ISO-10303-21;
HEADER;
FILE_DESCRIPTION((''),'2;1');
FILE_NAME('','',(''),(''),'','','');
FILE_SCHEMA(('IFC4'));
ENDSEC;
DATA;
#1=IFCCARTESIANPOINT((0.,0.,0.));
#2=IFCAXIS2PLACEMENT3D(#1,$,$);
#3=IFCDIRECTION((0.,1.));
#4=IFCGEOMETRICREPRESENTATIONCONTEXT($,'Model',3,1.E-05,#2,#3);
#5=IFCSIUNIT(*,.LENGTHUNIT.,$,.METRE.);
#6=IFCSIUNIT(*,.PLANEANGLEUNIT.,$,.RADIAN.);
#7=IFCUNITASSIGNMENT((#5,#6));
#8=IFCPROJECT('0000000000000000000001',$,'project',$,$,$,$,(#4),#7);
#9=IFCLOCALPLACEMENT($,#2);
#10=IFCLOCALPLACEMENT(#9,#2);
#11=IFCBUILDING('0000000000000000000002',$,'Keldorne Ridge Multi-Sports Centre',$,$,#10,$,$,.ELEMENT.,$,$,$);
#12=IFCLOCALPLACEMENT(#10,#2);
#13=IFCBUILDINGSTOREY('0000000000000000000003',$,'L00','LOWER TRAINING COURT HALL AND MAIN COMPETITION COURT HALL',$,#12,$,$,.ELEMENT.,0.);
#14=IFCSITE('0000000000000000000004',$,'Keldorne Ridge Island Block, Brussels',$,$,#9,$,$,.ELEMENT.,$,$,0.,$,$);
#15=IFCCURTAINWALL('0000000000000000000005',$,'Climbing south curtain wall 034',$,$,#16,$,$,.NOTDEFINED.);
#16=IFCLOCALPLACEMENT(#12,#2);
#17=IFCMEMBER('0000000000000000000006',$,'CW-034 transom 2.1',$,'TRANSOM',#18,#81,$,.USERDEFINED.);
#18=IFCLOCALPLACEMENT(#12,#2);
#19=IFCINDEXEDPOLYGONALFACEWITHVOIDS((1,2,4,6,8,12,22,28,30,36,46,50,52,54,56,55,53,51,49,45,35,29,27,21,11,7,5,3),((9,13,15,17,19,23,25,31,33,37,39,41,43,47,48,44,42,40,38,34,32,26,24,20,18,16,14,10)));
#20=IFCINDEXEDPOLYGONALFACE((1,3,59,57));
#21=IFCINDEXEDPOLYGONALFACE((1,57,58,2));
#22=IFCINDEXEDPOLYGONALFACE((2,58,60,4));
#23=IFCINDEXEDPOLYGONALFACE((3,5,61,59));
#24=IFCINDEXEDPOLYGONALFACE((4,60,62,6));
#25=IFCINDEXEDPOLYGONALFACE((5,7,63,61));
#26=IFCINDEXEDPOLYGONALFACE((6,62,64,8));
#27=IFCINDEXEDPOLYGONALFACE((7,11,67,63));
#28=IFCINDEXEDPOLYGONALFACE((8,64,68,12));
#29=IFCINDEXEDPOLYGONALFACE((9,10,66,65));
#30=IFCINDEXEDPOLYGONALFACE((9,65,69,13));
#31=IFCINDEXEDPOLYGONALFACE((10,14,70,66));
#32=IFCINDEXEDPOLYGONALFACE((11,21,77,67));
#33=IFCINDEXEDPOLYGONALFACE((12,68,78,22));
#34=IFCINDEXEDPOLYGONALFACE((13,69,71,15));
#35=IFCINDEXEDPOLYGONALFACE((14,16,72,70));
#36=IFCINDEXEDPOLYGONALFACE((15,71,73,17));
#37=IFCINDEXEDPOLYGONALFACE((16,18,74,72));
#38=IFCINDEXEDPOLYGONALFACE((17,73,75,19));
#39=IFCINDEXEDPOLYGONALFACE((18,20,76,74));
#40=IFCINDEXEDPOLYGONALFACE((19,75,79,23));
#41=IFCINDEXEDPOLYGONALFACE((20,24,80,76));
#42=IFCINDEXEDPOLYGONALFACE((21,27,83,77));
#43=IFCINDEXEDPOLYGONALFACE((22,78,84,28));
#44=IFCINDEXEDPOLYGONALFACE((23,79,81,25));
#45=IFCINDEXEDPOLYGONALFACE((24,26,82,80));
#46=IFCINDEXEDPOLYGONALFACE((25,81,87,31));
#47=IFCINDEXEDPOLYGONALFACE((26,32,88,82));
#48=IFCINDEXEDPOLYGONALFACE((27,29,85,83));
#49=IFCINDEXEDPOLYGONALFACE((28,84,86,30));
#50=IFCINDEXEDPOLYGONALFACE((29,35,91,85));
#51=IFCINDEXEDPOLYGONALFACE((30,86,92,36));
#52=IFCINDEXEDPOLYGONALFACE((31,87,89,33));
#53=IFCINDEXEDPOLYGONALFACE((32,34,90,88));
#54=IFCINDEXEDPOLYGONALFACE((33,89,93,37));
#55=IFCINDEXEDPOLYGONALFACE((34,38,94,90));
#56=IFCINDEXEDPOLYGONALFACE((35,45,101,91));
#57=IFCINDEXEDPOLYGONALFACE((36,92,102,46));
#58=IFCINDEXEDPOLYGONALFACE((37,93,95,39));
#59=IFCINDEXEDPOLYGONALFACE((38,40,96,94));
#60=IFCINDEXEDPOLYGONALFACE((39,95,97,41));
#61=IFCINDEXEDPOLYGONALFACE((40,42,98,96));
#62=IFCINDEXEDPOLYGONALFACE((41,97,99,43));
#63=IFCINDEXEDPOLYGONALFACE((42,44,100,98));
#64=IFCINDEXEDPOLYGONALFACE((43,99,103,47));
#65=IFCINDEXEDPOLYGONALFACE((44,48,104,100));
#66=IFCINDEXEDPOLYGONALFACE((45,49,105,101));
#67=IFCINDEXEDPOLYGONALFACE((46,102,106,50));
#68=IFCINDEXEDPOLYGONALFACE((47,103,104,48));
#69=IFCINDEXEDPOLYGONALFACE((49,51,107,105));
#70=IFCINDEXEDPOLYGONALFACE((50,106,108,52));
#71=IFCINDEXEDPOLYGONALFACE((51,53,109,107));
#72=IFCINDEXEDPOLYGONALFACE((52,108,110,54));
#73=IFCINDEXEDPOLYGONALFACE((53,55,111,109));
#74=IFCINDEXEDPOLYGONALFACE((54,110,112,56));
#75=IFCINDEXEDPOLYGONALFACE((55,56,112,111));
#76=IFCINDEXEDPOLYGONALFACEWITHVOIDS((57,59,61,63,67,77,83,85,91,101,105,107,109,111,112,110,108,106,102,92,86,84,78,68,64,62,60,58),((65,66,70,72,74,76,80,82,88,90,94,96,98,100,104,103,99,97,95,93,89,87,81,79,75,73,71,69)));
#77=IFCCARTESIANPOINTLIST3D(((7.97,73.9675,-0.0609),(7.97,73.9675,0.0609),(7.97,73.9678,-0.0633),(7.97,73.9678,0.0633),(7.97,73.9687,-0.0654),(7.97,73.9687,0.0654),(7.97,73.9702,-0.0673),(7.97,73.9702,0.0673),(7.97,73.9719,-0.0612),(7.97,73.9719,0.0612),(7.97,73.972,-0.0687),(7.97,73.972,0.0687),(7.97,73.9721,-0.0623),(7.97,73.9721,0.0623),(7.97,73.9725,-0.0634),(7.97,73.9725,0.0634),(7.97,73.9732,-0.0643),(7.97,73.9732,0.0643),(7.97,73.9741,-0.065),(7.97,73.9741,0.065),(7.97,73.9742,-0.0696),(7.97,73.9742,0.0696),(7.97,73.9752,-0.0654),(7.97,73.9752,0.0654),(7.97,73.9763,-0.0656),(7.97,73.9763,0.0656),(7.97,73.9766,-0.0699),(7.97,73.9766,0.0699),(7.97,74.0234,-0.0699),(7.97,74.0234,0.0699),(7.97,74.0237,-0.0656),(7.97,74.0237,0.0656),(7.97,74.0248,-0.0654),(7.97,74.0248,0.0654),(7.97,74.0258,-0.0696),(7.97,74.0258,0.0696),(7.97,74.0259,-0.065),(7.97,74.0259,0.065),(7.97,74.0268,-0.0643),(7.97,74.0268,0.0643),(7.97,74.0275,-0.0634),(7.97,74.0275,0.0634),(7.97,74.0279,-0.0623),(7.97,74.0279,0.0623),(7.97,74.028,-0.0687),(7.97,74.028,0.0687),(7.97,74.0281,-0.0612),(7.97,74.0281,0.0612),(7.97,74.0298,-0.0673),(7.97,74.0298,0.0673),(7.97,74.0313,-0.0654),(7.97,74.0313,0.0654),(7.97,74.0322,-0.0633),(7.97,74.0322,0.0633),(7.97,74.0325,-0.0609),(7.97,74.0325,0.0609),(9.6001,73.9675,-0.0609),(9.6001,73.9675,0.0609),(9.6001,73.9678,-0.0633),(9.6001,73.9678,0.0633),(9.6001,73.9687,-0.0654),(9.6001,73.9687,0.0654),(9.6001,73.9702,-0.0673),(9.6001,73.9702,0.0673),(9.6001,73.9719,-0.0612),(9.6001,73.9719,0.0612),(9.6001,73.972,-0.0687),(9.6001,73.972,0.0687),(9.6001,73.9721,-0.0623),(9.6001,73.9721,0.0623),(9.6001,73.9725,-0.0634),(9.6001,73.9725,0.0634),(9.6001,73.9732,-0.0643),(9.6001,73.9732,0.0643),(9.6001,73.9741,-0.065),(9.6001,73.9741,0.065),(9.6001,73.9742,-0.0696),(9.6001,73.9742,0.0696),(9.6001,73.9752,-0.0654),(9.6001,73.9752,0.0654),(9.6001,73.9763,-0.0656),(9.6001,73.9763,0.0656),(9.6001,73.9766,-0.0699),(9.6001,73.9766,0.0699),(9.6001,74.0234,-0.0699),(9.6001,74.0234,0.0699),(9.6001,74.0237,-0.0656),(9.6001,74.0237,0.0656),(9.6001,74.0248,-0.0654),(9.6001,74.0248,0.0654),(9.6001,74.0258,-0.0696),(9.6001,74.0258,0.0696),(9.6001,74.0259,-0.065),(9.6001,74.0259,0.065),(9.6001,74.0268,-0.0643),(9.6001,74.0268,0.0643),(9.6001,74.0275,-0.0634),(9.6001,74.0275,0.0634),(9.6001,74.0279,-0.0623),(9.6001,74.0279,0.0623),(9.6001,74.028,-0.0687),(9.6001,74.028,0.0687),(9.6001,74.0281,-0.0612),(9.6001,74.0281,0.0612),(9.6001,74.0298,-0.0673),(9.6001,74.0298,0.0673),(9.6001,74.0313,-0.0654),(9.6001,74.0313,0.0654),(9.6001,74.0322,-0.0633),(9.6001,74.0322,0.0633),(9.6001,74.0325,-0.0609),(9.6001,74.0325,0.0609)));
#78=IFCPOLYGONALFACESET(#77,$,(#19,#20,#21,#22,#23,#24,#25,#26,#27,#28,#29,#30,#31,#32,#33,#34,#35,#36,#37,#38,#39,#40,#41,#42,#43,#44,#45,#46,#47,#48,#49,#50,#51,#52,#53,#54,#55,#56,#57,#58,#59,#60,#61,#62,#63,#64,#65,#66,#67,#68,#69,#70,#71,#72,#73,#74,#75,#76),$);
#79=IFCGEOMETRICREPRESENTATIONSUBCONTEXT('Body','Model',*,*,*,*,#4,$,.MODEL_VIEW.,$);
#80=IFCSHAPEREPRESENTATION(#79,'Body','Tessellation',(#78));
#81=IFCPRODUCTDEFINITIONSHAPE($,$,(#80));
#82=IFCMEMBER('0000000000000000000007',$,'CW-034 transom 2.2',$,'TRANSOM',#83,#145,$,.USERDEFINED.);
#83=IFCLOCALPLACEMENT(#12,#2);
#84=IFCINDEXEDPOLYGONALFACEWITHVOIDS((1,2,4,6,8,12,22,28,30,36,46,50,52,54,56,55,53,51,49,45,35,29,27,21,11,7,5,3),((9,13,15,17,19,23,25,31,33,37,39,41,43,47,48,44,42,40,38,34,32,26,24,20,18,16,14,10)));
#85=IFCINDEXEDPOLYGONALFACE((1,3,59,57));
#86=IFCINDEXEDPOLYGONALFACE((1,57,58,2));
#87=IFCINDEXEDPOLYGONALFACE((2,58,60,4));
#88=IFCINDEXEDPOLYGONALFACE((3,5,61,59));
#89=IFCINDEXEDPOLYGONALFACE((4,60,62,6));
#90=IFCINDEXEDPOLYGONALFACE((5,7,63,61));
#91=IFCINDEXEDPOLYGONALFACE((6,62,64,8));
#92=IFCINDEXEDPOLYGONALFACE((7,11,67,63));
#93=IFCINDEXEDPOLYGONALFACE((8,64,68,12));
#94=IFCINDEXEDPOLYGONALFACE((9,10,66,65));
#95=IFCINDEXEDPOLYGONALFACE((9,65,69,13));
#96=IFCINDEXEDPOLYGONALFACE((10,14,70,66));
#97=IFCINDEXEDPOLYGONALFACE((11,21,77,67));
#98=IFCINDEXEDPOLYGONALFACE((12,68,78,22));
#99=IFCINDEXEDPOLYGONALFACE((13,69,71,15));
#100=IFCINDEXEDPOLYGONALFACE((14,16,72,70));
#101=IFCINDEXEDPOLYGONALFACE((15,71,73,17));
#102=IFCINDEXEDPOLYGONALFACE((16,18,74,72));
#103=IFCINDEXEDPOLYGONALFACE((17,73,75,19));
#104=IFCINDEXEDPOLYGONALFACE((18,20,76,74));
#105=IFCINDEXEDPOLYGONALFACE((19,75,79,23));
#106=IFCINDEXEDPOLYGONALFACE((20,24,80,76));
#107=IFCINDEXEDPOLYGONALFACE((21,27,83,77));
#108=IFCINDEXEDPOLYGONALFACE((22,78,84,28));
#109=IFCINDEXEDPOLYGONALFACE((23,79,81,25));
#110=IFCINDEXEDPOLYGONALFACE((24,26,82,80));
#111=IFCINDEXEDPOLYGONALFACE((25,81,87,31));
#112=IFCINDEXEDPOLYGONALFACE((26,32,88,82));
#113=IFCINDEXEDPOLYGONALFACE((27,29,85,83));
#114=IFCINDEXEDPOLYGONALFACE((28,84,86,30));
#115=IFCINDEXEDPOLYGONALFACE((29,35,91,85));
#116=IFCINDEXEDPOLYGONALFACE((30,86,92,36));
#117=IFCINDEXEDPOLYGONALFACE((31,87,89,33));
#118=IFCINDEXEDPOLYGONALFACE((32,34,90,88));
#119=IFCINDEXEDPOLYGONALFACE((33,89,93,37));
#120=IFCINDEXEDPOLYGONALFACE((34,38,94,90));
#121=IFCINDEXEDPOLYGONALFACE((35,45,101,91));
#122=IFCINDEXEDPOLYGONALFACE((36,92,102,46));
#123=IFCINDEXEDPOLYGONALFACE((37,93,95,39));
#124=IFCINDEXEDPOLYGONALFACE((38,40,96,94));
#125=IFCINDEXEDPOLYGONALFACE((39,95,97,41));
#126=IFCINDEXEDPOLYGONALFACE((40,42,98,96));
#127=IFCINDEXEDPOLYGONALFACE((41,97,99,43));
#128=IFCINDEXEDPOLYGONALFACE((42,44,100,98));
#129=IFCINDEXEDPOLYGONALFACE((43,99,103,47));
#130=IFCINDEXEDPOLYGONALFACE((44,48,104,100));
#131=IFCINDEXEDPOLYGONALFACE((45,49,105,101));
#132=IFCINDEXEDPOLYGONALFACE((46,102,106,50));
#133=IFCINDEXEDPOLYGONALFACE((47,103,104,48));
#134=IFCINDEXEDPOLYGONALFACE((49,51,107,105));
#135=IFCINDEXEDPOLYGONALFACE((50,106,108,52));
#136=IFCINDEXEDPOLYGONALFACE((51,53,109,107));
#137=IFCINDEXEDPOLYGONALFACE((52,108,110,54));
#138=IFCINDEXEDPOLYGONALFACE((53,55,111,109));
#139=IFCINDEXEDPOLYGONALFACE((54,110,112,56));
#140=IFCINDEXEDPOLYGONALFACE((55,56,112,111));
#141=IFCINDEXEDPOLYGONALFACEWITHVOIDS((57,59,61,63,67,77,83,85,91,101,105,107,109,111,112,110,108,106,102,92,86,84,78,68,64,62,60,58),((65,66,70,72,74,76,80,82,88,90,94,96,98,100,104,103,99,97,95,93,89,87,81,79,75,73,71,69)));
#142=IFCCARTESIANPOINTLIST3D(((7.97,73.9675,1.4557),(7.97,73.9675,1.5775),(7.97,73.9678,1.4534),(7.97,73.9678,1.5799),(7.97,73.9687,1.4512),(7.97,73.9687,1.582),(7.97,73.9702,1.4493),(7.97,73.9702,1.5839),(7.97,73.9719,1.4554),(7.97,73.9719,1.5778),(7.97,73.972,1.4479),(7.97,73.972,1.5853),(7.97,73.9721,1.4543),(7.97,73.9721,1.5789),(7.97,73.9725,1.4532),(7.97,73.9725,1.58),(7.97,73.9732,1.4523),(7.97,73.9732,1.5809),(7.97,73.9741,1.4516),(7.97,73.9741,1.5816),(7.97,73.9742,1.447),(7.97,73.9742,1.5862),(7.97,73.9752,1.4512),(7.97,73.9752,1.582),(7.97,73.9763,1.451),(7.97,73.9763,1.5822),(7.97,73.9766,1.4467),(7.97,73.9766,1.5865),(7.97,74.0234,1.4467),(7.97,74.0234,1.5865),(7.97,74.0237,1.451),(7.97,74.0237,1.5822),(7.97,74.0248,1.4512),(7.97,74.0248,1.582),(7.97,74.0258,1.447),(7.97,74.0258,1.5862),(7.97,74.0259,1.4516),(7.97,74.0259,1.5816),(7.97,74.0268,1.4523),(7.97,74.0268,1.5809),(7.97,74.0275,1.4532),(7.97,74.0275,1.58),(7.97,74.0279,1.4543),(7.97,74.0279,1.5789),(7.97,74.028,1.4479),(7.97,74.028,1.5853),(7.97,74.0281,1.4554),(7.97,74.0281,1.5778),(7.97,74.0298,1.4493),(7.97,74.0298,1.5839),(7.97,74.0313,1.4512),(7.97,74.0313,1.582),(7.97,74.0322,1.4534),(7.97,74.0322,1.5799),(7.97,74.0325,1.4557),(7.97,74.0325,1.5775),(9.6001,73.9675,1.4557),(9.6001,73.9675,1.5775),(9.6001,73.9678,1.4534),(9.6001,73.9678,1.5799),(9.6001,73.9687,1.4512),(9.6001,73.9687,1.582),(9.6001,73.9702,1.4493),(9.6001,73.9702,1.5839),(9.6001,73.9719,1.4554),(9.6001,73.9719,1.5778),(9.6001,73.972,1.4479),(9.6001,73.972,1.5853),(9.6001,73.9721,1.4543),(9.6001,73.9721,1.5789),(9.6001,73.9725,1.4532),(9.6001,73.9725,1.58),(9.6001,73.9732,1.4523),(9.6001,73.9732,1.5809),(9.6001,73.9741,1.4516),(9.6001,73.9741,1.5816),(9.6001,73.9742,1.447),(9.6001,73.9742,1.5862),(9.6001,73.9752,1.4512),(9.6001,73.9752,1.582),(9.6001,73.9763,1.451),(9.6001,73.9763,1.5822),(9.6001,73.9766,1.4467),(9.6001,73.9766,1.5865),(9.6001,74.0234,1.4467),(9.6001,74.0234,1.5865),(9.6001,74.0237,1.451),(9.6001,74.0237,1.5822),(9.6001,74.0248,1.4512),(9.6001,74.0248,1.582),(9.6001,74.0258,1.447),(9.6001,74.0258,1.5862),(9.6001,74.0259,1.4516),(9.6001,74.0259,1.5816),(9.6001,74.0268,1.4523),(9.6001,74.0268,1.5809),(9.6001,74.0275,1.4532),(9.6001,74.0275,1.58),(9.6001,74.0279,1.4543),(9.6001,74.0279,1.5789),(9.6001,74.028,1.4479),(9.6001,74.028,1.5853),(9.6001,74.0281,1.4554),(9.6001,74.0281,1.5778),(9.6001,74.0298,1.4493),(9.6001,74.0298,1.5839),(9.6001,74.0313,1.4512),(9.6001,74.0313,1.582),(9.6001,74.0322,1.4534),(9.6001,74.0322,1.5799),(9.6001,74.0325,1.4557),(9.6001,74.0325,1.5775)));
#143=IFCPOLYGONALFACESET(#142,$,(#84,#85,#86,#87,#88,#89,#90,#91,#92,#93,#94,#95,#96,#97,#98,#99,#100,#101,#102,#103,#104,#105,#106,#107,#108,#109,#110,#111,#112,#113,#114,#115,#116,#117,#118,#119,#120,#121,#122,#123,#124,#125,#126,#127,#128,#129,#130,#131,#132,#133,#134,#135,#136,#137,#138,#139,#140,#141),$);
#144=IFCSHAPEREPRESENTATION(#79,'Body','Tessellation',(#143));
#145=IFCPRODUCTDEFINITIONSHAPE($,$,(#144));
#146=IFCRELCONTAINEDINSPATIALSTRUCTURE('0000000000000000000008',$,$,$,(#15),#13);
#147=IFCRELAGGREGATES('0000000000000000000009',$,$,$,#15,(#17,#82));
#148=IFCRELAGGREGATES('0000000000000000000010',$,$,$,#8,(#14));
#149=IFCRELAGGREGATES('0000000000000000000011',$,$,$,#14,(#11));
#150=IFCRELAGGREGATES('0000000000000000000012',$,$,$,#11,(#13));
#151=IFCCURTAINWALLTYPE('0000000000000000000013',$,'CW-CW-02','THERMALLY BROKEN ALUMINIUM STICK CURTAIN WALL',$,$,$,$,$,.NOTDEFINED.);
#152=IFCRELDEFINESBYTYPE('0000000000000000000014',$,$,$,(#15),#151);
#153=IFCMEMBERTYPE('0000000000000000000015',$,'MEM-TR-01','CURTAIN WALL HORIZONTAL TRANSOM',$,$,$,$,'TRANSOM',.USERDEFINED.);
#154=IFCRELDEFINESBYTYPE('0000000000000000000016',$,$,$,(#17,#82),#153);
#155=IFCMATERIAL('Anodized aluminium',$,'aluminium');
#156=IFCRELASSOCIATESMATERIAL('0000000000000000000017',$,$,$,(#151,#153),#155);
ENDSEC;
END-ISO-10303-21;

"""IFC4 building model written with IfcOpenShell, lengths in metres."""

from ifc_helpers import new_model, si_unit, direction, frame, origin, origin_2d, place, context, subcontext, project, spatial, hollow_rectangle, extrude, material, material_profile, profile_set, type_object, element, aggregate, save


model = new_model("IFC4")

# Units and contexts
model_context = context("Model", 3, precision=1e-05, world=origin(), true_north=direction((0.0, 1.0)))
body_context = subcontext(model_context, "Body", "Model", "MODEL_VIEW")
ifc_project = project(units=[si_unit("LENGTHUNIT", "METRE"), si_unit("PLANEANGLEUNIT", "RADIAN")], contexts=[model_context])

# Site, building, storey
site_placement = place(None, origin())
site = spatial("IfcSite", under=ifc_project, at=site_placement, Name="Keldorne Ridge Island Block, Brussels", CompositionType="ELEMENT", RefElevation=0.0)
building_placement = place(site_placement, origin())
building = spatial("IfcBuilding", under=site, at=building_placement, Name="Keldorne Ridge Multi-Sports Centre", CompositionType="ELEMENT")
storey_placement = place(building_placement, origin())
storey = spatial("IfcBuildingStorey", under=building, at=storey_placement, Name="L00", Description="LOWER TRAINING COURT HALL AND MAIN COMPETITION COURT HALL", CompositionType="ELEMENT", Elevation=0.0)

# Curtain wall, members
ifc_material_1 = material(Name="Anodized aluminium", Category="aluminium")
curtain_wall_type = type_object("IfcCurtainWallType", Name="CW-CW-02", Description="THERMALLY BROKEN ALUMINIUM STICK CURTAIN WALL", PredefinedType="NOTDEFINED", material=ifc_material_1)
curtain_wall_placement = place(storey_placement, origin())
curtain_wall = element("IfcCurtainWall", 1, at=curtain_wall_placement, inside=storey, type_object=curtain_wall_type, Name="Climbing south curtain wall 034", PredefinedType="NOTDEFINED")
ifc_material_profile_1 = material_profile(ifc_material_1, hollow_rectangle(XDim=0.0649, YDim=0.1399, WallThickness=0.0044, InnerFilletRadius=0.0044, OuterFilletRadius=0.009, at=origin_2d()), Name="ALU TRANSOM 140x65x4.5")
ifc_profile_set_1 = profile_set([ifc_material_profile_1], Name="Anodized aluminium")
member_type_1 = type_object("IfcMemberType", Name="MEM-TR-01", Description="CURTAIN WALL HORIZONTAL TRANSOM", ElementType="TRANSOM", PredefinedType="USERDEFINED", material=ifc_profile_set_1)
member_1_placement = place(storey_placement, frame((7.97, 74.0, 0.0), z_axis=(1.0, 0.0, 0.0), x_axis=(0.0, 1.0, 0.0)))
member_1 = element("IfcMember", 2, at=member_1_placement, type_object=member_type_1, Name="CW-034 transom 2.1", ObjectType="TRANSOM", PredefinedType="USERDEFINED", context=body_context, shape_type="SweptSolid", body=[
    extrude(hollow_rectangle(XDim=0.0649, YDim=0.1399, WallThickness=0.0044, InnerFilletRadius=0.0044, OuterFilletRadius=0.009, at=origin_2d()), origin(), (0.0, 0.0, 1.0), 1.6301),
])
member_2_placement = place(storey_placement, frame((7.97, 74.0, 1.5166), z_axis=(1.0, 0.0, 0.0), x_axis=(0.0, 1.0, 0.0)))
member_2 = element("IfcMember", 3, at=member_2_placement, type_object=member_type_1, Name="CW-034 transom 2.2", ObjectType="TRANSOM", PredefinedType="USERDEFINED", context=body_context, shape_type="SweptSolid", body=[
    extrude(hollow_rectangle(XDim=0.0649, YDim=0.1399, WallThickness=0.0044, InnerFilletRadius=0.0044, OuterFilletRadius=0.009, at=origin_2d()), origin(), (0.0, 0.0, 1.0), 1.6301),
])
aggregate(curtain_wall, [member_1, member_2])

save(model, "model.ifc")
